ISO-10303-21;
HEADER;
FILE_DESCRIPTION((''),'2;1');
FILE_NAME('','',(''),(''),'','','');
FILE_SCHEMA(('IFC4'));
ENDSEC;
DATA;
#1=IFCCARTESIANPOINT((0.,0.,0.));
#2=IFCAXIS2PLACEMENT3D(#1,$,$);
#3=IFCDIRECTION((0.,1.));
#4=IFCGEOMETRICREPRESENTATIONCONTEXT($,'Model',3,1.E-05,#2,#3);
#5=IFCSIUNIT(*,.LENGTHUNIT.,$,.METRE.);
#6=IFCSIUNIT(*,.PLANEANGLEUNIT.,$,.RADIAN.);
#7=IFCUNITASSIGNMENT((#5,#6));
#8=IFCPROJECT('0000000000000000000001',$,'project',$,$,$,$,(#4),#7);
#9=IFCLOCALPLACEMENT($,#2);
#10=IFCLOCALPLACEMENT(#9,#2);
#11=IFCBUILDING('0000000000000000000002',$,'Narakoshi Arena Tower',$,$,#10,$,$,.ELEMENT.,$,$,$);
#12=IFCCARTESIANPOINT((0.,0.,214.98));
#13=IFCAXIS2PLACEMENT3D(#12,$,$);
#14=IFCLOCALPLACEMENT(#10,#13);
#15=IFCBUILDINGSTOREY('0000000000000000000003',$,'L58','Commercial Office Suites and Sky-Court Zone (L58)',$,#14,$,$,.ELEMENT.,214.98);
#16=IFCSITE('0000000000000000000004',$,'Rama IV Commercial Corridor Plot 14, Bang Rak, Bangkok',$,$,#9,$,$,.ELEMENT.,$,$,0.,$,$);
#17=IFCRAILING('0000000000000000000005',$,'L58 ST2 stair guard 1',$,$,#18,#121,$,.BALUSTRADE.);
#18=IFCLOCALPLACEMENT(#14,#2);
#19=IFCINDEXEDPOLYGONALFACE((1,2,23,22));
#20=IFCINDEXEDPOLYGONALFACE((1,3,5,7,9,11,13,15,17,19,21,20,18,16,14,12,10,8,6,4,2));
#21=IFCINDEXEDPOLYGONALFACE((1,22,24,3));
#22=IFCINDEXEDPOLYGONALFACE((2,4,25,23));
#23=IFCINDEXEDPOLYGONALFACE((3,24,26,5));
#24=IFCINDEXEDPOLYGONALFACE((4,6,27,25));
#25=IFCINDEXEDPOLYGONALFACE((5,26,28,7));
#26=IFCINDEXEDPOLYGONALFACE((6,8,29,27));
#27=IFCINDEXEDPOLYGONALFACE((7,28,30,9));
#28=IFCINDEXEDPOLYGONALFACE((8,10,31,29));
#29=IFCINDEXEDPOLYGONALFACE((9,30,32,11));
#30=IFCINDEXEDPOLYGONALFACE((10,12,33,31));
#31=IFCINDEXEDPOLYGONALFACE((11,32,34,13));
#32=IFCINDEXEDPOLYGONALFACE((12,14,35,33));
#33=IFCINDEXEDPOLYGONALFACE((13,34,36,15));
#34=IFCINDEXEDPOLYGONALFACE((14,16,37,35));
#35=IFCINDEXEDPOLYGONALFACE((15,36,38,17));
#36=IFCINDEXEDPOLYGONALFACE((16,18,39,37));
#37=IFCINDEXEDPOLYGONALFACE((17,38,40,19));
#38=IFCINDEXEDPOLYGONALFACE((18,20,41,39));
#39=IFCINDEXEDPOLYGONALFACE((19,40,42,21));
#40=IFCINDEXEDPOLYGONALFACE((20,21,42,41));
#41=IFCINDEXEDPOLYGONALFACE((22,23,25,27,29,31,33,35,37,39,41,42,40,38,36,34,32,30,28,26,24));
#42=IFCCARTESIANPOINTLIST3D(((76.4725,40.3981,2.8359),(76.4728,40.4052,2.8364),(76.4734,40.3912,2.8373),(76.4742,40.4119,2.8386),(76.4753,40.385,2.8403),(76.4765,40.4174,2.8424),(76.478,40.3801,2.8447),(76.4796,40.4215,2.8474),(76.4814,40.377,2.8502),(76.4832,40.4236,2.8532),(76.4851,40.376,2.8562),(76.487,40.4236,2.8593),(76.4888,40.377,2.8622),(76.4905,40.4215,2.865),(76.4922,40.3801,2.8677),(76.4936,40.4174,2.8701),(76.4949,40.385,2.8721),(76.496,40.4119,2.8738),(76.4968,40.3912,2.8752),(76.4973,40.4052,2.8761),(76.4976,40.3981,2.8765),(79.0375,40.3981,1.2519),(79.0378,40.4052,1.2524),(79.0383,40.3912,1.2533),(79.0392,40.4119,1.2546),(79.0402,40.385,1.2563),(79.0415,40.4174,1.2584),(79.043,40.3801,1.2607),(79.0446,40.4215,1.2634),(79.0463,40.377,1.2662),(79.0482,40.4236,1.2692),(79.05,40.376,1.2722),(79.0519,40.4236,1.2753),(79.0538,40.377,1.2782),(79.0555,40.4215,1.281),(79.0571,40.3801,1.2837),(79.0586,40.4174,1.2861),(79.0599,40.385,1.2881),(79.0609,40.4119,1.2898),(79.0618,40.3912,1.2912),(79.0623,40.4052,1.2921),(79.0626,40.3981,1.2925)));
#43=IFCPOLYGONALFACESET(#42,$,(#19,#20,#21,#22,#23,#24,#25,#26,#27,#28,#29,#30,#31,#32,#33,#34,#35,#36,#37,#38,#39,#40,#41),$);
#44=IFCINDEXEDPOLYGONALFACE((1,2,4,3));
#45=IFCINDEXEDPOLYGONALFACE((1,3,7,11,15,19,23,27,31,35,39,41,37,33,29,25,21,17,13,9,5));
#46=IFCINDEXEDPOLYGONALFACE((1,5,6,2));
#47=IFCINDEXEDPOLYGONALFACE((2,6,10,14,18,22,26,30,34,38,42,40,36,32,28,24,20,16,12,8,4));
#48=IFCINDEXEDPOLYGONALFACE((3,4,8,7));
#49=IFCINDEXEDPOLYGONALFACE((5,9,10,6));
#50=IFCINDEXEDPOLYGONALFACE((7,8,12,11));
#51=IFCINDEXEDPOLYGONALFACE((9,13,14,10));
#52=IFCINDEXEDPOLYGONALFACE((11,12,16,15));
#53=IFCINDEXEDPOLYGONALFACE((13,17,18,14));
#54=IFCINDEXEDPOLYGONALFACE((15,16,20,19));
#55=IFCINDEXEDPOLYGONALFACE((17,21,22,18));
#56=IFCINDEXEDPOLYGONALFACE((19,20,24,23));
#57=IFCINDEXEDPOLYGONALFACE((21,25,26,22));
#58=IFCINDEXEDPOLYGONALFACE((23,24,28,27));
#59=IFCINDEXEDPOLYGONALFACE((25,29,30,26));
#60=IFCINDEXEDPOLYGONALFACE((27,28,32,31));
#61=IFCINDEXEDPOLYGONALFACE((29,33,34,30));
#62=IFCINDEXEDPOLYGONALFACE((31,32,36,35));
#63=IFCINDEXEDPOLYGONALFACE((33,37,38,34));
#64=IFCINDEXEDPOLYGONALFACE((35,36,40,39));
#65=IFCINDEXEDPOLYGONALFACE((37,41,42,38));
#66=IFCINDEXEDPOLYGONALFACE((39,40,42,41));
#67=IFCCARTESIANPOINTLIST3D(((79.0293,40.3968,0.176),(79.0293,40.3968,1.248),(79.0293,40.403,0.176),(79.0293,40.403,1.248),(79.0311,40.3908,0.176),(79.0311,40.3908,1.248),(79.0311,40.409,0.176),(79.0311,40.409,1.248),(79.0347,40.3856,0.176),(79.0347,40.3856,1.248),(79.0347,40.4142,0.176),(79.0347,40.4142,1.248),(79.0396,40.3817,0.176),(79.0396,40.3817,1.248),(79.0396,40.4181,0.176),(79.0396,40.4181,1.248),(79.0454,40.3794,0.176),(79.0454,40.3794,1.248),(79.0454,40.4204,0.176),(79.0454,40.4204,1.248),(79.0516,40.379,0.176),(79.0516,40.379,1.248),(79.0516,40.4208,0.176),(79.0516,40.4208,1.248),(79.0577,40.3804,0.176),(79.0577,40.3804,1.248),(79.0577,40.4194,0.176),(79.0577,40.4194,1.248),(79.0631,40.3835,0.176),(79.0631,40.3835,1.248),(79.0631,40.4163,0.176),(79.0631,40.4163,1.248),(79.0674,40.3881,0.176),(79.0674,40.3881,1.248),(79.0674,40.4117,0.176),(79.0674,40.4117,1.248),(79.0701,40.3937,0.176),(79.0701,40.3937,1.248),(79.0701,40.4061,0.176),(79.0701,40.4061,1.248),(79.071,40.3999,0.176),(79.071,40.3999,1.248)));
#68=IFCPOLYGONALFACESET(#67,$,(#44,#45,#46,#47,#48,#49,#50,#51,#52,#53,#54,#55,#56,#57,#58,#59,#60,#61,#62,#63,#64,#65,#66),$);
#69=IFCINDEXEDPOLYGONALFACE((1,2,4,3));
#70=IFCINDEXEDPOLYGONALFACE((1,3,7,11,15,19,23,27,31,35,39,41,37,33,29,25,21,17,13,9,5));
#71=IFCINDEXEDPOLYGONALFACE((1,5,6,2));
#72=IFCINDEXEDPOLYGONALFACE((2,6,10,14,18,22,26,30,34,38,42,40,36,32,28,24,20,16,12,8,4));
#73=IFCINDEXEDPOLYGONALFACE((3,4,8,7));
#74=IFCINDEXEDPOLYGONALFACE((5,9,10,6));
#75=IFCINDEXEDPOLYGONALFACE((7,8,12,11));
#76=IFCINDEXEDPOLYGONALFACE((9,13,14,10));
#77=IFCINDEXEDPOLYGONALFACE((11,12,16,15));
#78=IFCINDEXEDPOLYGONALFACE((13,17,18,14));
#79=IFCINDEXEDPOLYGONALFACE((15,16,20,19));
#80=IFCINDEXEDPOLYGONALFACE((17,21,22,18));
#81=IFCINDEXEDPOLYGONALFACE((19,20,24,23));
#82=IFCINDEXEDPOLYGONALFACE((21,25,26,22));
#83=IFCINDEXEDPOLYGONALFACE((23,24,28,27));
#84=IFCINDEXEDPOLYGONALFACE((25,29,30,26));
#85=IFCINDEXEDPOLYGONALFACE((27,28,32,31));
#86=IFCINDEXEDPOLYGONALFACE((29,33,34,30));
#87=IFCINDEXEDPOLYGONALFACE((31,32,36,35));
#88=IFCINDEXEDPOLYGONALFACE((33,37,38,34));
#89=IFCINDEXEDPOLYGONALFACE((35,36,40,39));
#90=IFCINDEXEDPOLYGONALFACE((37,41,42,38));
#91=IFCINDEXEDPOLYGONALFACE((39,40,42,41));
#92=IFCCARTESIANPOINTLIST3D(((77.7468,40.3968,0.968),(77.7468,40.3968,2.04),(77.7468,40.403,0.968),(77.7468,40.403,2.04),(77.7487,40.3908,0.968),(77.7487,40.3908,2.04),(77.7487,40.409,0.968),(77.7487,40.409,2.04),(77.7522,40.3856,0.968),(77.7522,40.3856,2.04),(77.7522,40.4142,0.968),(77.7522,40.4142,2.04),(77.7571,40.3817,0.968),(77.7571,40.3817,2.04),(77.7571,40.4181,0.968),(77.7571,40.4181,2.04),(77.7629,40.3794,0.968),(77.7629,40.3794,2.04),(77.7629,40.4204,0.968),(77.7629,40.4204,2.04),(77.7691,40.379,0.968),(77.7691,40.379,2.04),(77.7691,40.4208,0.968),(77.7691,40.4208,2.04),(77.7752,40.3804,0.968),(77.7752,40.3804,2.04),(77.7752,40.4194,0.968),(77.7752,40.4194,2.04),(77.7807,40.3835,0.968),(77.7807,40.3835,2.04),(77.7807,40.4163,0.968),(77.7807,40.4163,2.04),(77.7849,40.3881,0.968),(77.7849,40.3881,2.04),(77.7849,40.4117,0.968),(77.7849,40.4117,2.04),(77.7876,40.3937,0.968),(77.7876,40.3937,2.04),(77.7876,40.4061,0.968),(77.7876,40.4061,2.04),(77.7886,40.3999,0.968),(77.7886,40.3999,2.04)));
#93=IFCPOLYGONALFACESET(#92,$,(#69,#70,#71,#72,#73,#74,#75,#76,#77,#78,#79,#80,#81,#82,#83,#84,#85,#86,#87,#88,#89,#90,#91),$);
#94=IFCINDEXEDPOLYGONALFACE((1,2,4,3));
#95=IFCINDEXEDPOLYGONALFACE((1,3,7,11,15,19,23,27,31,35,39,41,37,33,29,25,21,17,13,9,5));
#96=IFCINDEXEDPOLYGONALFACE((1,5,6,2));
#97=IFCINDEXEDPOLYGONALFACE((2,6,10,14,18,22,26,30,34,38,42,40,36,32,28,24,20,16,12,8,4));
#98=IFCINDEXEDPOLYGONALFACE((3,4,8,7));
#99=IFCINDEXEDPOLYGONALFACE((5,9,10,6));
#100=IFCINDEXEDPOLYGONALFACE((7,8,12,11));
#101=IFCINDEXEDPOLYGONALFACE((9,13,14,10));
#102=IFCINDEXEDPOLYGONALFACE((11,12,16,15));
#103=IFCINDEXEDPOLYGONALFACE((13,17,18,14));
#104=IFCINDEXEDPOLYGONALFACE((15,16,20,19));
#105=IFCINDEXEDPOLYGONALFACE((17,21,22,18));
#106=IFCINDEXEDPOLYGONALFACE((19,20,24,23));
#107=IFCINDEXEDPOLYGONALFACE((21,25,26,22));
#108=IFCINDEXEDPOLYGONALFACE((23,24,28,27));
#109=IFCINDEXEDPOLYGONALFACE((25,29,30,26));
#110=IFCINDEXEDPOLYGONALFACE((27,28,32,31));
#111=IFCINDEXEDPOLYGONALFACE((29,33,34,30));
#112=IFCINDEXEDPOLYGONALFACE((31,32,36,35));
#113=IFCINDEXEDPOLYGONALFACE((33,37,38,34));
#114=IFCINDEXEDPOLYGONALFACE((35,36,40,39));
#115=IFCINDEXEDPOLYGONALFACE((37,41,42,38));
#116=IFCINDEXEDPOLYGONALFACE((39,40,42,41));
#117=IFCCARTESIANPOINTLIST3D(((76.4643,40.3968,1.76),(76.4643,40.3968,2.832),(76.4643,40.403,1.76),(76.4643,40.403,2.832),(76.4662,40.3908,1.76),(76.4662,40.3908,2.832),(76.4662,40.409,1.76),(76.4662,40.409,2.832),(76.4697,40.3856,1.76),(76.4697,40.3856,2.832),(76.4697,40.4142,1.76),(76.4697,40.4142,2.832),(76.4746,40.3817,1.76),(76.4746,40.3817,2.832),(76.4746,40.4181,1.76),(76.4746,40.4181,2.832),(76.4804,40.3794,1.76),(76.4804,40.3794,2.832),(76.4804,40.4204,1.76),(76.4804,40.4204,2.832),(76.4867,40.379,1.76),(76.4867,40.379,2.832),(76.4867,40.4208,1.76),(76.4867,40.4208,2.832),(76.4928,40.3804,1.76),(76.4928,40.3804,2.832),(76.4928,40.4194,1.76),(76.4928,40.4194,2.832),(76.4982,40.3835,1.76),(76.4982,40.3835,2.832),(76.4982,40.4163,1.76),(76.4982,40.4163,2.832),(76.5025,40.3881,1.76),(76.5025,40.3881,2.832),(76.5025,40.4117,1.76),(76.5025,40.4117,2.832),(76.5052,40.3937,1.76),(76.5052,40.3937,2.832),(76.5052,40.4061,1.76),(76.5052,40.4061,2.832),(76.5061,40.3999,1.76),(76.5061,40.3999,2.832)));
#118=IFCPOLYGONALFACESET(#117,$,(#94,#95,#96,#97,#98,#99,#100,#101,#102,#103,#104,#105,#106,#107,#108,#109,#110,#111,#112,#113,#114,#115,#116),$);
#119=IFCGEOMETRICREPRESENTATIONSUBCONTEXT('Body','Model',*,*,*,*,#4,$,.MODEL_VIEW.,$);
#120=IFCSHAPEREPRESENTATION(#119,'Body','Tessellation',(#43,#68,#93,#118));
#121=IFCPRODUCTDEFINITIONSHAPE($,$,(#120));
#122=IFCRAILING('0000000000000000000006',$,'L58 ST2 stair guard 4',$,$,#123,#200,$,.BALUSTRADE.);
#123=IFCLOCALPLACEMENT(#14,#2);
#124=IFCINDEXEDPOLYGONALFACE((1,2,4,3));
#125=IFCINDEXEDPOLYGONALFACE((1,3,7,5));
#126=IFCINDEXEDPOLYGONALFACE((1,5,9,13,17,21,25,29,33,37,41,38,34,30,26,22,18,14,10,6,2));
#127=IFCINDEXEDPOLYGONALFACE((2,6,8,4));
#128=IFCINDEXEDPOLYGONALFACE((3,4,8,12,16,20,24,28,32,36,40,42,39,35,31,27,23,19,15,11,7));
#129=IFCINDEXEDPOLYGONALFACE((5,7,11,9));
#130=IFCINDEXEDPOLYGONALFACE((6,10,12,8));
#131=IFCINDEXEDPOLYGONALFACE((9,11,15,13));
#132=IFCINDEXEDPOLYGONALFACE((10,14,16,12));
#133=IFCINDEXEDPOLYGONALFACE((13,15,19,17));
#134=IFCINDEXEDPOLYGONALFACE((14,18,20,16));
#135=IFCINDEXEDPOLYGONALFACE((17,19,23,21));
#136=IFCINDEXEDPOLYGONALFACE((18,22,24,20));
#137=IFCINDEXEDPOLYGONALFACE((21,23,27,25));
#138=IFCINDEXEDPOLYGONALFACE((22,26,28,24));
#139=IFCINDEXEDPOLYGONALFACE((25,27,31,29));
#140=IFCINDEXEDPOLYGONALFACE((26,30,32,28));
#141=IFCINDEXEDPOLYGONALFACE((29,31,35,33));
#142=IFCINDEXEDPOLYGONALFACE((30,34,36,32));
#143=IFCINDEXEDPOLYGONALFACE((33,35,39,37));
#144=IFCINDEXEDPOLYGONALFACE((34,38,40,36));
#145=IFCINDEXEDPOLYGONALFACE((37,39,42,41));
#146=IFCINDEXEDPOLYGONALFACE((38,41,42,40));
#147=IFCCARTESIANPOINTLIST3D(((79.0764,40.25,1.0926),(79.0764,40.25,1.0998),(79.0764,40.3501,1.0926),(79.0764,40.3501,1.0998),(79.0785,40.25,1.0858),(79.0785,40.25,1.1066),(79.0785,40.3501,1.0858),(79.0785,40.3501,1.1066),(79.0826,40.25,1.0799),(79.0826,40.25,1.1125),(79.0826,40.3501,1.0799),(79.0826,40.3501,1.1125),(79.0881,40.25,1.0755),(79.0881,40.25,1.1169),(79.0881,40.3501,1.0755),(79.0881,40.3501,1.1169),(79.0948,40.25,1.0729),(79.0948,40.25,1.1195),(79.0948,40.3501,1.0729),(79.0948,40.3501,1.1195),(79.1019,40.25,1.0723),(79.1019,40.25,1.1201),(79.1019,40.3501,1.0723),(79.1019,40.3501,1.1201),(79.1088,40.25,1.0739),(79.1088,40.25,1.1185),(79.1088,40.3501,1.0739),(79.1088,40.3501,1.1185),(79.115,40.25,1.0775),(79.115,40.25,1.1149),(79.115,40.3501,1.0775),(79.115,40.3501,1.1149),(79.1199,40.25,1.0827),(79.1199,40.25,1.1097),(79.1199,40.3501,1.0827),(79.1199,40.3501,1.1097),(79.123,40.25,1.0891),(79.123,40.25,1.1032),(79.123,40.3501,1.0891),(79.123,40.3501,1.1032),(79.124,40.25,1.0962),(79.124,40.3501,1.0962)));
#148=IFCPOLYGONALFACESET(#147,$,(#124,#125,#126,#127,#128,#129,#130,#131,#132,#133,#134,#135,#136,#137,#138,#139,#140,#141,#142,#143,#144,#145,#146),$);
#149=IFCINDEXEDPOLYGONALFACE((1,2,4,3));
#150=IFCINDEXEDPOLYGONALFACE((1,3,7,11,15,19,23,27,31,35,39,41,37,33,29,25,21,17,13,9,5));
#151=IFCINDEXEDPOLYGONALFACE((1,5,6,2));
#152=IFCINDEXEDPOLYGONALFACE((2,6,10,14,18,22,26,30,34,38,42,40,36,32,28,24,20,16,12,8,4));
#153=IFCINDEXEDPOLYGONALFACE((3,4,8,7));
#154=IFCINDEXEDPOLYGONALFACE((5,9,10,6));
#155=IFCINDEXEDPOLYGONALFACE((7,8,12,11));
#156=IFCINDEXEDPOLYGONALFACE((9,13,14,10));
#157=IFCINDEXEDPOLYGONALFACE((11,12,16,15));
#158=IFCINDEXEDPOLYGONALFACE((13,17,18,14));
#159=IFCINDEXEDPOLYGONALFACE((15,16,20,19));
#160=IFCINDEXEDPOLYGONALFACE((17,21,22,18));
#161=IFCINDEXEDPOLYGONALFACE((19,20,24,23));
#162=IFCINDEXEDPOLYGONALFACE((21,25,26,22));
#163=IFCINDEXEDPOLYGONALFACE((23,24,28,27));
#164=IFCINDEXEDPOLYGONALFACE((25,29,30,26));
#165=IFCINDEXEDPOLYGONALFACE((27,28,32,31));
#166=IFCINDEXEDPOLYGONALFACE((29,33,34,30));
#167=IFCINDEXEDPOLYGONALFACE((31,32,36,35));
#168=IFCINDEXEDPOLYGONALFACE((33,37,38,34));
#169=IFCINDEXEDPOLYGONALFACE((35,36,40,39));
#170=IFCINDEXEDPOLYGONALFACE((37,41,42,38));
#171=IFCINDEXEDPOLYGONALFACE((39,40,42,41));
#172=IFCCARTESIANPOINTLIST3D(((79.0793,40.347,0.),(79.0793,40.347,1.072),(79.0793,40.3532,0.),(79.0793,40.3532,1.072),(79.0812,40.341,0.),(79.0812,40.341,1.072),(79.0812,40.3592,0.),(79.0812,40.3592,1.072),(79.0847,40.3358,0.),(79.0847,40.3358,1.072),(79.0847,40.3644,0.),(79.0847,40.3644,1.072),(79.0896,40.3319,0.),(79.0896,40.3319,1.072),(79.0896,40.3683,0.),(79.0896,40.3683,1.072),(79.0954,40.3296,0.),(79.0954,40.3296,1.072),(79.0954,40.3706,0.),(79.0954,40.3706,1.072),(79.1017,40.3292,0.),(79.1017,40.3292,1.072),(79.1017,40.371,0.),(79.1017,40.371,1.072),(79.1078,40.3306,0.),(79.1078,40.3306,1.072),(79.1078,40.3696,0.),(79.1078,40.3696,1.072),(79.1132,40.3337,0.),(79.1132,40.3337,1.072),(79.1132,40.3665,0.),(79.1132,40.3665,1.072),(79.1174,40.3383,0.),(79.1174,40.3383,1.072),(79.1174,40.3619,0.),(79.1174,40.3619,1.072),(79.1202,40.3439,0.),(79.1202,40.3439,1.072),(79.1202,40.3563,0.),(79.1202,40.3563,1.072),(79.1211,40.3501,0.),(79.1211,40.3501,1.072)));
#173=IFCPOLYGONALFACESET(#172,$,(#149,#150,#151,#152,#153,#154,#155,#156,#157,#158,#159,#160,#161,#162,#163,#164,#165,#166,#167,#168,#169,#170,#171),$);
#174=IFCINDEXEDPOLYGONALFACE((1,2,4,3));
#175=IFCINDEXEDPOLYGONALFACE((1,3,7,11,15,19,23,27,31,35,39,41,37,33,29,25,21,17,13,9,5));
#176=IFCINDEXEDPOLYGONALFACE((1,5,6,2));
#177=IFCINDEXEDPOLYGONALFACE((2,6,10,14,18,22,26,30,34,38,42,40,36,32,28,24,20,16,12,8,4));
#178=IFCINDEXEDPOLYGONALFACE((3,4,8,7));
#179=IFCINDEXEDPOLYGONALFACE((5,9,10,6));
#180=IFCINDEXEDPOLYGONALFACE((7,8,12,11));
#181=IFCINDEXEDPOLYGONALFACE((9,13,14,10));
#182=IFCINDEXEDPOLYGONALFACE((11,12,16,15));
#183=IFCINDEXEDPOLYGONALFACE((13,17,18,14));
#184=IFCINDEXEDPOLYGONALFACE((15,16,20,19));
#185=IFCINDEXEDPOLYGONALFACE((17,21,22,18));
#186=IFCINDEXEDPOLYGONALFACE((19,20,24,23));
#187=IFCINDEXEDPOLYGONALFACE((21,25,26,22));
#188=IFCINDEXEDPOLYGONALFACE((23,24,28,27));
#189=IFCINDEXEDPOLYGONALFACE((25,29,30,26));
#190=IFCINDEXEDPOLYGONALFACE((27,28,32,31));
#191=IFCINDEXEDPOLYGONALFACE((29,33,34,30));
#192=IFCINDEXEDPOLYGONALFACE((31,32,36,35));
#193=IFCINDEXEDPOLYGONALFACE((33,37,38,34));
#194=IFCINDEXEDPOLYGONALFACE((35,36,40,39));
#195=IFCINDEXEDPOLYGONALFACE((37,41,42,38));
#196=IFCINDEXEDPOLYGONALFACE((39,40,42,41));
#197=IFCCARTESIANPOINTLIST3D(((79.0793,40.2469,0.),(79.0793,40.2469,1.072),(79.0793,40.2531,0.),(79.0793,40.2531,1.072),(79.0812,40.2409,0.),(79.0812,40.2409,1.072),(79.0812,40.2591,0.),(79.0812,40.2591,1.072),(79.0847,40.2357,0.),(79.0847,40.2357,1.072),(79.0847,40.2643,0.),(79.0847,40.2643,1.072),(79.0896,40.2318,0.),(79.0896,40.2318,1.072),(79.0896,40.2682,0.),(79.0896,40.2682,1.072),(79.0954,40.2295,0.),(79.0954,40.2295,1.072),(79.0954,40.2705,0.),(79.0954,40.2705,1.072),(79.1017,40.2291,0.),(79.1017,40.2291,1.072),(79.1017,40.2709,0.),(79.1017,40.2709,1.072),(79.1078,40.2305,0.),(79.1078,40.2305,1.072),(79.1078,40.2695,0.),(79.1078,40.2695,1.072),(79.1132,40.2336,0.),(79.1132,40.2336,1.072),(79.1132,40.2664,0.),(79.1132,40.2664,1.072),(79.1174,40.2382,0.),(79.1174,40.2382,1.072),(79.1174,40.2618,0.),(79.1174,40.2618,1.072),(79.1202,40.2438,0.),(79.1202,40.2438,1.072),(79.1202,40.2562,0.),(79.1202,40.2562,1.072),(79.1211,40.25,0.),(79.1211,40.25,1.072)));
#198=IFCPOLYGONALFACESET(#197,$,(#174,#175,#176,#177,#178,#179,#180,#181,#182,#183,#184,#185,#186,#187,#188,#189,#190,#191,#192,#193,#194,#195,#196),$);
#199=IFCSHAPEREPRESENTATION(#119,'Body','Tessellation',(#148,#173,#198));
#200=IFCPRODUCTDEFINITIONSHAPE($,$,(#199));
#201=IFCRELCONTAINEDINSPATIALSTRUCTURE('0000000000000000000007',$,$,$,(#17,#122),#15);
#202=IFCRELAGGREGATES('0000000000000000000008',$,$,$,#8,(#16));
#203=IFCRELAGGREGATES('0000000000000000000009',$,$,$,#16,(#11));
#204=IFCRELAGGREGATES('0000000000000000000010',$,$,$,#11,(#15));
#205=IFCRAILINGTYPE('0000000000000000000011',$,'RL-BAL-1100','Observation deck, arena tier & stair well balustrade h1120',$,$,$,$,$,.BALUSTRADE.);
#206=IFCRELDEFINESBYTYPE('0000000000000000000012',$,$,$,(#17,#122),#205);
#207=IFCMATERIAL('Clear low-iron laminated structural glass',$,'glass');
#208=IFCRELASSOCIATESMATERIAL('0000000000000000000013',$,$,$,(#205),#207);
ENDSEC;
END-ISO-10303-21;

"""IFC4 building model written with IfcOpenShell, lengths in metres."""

from ifc_helpers import new_model, si_unit, direction, frame, origin, origin_2d, place, context, subcontext, project, spatial, circle, extrude, material, type_object, element, save


model = new_model("IFC4")

# Units and contexts
model_context = context("Model", 3, precision=1e-05, world=origin(), true_north=direction((0.0, 1.0)))
body_context = subcontext(model_context, "Body", "Model", "MODEL_VIEW")
ifc_project = project(units=[si_unit("LENGTHUNIT", "METRE"), si_unit("PLANEANGLEUNIT", "RADIAN")], contexts=[model_context])

# Site, building, storey
site_placement = place(None, origin())
site = spatial("IfcSite", under=ifc_project, at=site_placement, Name="Rama IV Commercial Corridor Plot 14, Bang Rak, Bangkok", CompositionType="ELEMENT", RefElevation=0.0)
building_placement = place(site_placement, origin())
building = spatial("IfcBuilding", under=site, at=building_placement, Name="Narakoshi Arena Tower", CompositionType="ELEMENT")
storey_placement = place(building_placement, frame((0.0, 0.0, 214.98)))
storey = spatial("IfcBuildingStorey", under=building, at=storey_placement, Name="L58", Description="Commercial Office Suites and Sky-Court Zone (L58)", CompositionType="ELEMENT", Elevation=214.98)

# Railings
ifc_material_1 = material(Name="Clear low-iron laminated structural glass", Category="glass")
railing_type = type_object("IfcRailingType", Name="RL-BAL-1100", Description="Observation deck, arena tier & stair well balustrade h1120", PredefinedType="BALUSTRADE", material=ifc_material_1)
railing_1_placement = place(storey_placement, frame((79.05, 40.3999, 0.176)))
element("IfcRailing", 1, at=railing_1_placement, inside=storey, type_object=railing_type, Name="L58 ST2 stair guard 1", PredefinedType="BALUSTRADE", context=body_context, shape_type="SweptSolid", body=[
    extrude(circle(Radius=0.0239, at=origin_2d()), frame((0.0, 0.0, 1.0962), z_axis=(-0.850834, 0.0, 0.525434), x_axis=(0.0, -1.0, 0.0)), (0.0, 0.0, 1.0), 3.0146),
    extrude(circle(Radius=0.021, at=origin_2d()), origin(), (0.0, 0.0, 1.0), 1.072),
    extrude(circle(Radius=0.021, at=origin_2d()), frame((-1.2825, 0.0, 0.792)), (0.0, 0.0, 1.0), 1.072),
    extrude(circle(Radius=0.021, at=origin_2d()), frame((-2.5649, 0.0, 1.584)), (0.0, 0.0, 1.0), 1.072),
])
railing_2_placement = place(storey_placement, frame((79.1001, 40.3501, 0.0)))
element("IfcRailing", 2, at=railing_2_placement, inside=storey, type_object=railing_type, Name="L58 ST2 stair guard 4", PredefinedType="BALUSTRADE", context=body_context, shape_type="SweptSolid", body=[
    extrude(circle(Radius=0.0239, at=origin_2d()), frame((0.0, 0.0, 1.0962), z_axis=(0.0, -1.0, 0.0), x_axis=(1.0, 0.0, 0.0)), (0.0, 0.0, 1.0), 0.1001),
    extrude(circle(Radius=0.021, at=origin_2d()), origin(), (0.0, 0.0, 1.0), 1.072),
    extrude(circle(Radius=0.021, at=origin_2d()), frame((0.0, -0.1001, 0.0)), (0.0, 0.0, 1.0), 1.072),
])

save(model, "model.ifc")
